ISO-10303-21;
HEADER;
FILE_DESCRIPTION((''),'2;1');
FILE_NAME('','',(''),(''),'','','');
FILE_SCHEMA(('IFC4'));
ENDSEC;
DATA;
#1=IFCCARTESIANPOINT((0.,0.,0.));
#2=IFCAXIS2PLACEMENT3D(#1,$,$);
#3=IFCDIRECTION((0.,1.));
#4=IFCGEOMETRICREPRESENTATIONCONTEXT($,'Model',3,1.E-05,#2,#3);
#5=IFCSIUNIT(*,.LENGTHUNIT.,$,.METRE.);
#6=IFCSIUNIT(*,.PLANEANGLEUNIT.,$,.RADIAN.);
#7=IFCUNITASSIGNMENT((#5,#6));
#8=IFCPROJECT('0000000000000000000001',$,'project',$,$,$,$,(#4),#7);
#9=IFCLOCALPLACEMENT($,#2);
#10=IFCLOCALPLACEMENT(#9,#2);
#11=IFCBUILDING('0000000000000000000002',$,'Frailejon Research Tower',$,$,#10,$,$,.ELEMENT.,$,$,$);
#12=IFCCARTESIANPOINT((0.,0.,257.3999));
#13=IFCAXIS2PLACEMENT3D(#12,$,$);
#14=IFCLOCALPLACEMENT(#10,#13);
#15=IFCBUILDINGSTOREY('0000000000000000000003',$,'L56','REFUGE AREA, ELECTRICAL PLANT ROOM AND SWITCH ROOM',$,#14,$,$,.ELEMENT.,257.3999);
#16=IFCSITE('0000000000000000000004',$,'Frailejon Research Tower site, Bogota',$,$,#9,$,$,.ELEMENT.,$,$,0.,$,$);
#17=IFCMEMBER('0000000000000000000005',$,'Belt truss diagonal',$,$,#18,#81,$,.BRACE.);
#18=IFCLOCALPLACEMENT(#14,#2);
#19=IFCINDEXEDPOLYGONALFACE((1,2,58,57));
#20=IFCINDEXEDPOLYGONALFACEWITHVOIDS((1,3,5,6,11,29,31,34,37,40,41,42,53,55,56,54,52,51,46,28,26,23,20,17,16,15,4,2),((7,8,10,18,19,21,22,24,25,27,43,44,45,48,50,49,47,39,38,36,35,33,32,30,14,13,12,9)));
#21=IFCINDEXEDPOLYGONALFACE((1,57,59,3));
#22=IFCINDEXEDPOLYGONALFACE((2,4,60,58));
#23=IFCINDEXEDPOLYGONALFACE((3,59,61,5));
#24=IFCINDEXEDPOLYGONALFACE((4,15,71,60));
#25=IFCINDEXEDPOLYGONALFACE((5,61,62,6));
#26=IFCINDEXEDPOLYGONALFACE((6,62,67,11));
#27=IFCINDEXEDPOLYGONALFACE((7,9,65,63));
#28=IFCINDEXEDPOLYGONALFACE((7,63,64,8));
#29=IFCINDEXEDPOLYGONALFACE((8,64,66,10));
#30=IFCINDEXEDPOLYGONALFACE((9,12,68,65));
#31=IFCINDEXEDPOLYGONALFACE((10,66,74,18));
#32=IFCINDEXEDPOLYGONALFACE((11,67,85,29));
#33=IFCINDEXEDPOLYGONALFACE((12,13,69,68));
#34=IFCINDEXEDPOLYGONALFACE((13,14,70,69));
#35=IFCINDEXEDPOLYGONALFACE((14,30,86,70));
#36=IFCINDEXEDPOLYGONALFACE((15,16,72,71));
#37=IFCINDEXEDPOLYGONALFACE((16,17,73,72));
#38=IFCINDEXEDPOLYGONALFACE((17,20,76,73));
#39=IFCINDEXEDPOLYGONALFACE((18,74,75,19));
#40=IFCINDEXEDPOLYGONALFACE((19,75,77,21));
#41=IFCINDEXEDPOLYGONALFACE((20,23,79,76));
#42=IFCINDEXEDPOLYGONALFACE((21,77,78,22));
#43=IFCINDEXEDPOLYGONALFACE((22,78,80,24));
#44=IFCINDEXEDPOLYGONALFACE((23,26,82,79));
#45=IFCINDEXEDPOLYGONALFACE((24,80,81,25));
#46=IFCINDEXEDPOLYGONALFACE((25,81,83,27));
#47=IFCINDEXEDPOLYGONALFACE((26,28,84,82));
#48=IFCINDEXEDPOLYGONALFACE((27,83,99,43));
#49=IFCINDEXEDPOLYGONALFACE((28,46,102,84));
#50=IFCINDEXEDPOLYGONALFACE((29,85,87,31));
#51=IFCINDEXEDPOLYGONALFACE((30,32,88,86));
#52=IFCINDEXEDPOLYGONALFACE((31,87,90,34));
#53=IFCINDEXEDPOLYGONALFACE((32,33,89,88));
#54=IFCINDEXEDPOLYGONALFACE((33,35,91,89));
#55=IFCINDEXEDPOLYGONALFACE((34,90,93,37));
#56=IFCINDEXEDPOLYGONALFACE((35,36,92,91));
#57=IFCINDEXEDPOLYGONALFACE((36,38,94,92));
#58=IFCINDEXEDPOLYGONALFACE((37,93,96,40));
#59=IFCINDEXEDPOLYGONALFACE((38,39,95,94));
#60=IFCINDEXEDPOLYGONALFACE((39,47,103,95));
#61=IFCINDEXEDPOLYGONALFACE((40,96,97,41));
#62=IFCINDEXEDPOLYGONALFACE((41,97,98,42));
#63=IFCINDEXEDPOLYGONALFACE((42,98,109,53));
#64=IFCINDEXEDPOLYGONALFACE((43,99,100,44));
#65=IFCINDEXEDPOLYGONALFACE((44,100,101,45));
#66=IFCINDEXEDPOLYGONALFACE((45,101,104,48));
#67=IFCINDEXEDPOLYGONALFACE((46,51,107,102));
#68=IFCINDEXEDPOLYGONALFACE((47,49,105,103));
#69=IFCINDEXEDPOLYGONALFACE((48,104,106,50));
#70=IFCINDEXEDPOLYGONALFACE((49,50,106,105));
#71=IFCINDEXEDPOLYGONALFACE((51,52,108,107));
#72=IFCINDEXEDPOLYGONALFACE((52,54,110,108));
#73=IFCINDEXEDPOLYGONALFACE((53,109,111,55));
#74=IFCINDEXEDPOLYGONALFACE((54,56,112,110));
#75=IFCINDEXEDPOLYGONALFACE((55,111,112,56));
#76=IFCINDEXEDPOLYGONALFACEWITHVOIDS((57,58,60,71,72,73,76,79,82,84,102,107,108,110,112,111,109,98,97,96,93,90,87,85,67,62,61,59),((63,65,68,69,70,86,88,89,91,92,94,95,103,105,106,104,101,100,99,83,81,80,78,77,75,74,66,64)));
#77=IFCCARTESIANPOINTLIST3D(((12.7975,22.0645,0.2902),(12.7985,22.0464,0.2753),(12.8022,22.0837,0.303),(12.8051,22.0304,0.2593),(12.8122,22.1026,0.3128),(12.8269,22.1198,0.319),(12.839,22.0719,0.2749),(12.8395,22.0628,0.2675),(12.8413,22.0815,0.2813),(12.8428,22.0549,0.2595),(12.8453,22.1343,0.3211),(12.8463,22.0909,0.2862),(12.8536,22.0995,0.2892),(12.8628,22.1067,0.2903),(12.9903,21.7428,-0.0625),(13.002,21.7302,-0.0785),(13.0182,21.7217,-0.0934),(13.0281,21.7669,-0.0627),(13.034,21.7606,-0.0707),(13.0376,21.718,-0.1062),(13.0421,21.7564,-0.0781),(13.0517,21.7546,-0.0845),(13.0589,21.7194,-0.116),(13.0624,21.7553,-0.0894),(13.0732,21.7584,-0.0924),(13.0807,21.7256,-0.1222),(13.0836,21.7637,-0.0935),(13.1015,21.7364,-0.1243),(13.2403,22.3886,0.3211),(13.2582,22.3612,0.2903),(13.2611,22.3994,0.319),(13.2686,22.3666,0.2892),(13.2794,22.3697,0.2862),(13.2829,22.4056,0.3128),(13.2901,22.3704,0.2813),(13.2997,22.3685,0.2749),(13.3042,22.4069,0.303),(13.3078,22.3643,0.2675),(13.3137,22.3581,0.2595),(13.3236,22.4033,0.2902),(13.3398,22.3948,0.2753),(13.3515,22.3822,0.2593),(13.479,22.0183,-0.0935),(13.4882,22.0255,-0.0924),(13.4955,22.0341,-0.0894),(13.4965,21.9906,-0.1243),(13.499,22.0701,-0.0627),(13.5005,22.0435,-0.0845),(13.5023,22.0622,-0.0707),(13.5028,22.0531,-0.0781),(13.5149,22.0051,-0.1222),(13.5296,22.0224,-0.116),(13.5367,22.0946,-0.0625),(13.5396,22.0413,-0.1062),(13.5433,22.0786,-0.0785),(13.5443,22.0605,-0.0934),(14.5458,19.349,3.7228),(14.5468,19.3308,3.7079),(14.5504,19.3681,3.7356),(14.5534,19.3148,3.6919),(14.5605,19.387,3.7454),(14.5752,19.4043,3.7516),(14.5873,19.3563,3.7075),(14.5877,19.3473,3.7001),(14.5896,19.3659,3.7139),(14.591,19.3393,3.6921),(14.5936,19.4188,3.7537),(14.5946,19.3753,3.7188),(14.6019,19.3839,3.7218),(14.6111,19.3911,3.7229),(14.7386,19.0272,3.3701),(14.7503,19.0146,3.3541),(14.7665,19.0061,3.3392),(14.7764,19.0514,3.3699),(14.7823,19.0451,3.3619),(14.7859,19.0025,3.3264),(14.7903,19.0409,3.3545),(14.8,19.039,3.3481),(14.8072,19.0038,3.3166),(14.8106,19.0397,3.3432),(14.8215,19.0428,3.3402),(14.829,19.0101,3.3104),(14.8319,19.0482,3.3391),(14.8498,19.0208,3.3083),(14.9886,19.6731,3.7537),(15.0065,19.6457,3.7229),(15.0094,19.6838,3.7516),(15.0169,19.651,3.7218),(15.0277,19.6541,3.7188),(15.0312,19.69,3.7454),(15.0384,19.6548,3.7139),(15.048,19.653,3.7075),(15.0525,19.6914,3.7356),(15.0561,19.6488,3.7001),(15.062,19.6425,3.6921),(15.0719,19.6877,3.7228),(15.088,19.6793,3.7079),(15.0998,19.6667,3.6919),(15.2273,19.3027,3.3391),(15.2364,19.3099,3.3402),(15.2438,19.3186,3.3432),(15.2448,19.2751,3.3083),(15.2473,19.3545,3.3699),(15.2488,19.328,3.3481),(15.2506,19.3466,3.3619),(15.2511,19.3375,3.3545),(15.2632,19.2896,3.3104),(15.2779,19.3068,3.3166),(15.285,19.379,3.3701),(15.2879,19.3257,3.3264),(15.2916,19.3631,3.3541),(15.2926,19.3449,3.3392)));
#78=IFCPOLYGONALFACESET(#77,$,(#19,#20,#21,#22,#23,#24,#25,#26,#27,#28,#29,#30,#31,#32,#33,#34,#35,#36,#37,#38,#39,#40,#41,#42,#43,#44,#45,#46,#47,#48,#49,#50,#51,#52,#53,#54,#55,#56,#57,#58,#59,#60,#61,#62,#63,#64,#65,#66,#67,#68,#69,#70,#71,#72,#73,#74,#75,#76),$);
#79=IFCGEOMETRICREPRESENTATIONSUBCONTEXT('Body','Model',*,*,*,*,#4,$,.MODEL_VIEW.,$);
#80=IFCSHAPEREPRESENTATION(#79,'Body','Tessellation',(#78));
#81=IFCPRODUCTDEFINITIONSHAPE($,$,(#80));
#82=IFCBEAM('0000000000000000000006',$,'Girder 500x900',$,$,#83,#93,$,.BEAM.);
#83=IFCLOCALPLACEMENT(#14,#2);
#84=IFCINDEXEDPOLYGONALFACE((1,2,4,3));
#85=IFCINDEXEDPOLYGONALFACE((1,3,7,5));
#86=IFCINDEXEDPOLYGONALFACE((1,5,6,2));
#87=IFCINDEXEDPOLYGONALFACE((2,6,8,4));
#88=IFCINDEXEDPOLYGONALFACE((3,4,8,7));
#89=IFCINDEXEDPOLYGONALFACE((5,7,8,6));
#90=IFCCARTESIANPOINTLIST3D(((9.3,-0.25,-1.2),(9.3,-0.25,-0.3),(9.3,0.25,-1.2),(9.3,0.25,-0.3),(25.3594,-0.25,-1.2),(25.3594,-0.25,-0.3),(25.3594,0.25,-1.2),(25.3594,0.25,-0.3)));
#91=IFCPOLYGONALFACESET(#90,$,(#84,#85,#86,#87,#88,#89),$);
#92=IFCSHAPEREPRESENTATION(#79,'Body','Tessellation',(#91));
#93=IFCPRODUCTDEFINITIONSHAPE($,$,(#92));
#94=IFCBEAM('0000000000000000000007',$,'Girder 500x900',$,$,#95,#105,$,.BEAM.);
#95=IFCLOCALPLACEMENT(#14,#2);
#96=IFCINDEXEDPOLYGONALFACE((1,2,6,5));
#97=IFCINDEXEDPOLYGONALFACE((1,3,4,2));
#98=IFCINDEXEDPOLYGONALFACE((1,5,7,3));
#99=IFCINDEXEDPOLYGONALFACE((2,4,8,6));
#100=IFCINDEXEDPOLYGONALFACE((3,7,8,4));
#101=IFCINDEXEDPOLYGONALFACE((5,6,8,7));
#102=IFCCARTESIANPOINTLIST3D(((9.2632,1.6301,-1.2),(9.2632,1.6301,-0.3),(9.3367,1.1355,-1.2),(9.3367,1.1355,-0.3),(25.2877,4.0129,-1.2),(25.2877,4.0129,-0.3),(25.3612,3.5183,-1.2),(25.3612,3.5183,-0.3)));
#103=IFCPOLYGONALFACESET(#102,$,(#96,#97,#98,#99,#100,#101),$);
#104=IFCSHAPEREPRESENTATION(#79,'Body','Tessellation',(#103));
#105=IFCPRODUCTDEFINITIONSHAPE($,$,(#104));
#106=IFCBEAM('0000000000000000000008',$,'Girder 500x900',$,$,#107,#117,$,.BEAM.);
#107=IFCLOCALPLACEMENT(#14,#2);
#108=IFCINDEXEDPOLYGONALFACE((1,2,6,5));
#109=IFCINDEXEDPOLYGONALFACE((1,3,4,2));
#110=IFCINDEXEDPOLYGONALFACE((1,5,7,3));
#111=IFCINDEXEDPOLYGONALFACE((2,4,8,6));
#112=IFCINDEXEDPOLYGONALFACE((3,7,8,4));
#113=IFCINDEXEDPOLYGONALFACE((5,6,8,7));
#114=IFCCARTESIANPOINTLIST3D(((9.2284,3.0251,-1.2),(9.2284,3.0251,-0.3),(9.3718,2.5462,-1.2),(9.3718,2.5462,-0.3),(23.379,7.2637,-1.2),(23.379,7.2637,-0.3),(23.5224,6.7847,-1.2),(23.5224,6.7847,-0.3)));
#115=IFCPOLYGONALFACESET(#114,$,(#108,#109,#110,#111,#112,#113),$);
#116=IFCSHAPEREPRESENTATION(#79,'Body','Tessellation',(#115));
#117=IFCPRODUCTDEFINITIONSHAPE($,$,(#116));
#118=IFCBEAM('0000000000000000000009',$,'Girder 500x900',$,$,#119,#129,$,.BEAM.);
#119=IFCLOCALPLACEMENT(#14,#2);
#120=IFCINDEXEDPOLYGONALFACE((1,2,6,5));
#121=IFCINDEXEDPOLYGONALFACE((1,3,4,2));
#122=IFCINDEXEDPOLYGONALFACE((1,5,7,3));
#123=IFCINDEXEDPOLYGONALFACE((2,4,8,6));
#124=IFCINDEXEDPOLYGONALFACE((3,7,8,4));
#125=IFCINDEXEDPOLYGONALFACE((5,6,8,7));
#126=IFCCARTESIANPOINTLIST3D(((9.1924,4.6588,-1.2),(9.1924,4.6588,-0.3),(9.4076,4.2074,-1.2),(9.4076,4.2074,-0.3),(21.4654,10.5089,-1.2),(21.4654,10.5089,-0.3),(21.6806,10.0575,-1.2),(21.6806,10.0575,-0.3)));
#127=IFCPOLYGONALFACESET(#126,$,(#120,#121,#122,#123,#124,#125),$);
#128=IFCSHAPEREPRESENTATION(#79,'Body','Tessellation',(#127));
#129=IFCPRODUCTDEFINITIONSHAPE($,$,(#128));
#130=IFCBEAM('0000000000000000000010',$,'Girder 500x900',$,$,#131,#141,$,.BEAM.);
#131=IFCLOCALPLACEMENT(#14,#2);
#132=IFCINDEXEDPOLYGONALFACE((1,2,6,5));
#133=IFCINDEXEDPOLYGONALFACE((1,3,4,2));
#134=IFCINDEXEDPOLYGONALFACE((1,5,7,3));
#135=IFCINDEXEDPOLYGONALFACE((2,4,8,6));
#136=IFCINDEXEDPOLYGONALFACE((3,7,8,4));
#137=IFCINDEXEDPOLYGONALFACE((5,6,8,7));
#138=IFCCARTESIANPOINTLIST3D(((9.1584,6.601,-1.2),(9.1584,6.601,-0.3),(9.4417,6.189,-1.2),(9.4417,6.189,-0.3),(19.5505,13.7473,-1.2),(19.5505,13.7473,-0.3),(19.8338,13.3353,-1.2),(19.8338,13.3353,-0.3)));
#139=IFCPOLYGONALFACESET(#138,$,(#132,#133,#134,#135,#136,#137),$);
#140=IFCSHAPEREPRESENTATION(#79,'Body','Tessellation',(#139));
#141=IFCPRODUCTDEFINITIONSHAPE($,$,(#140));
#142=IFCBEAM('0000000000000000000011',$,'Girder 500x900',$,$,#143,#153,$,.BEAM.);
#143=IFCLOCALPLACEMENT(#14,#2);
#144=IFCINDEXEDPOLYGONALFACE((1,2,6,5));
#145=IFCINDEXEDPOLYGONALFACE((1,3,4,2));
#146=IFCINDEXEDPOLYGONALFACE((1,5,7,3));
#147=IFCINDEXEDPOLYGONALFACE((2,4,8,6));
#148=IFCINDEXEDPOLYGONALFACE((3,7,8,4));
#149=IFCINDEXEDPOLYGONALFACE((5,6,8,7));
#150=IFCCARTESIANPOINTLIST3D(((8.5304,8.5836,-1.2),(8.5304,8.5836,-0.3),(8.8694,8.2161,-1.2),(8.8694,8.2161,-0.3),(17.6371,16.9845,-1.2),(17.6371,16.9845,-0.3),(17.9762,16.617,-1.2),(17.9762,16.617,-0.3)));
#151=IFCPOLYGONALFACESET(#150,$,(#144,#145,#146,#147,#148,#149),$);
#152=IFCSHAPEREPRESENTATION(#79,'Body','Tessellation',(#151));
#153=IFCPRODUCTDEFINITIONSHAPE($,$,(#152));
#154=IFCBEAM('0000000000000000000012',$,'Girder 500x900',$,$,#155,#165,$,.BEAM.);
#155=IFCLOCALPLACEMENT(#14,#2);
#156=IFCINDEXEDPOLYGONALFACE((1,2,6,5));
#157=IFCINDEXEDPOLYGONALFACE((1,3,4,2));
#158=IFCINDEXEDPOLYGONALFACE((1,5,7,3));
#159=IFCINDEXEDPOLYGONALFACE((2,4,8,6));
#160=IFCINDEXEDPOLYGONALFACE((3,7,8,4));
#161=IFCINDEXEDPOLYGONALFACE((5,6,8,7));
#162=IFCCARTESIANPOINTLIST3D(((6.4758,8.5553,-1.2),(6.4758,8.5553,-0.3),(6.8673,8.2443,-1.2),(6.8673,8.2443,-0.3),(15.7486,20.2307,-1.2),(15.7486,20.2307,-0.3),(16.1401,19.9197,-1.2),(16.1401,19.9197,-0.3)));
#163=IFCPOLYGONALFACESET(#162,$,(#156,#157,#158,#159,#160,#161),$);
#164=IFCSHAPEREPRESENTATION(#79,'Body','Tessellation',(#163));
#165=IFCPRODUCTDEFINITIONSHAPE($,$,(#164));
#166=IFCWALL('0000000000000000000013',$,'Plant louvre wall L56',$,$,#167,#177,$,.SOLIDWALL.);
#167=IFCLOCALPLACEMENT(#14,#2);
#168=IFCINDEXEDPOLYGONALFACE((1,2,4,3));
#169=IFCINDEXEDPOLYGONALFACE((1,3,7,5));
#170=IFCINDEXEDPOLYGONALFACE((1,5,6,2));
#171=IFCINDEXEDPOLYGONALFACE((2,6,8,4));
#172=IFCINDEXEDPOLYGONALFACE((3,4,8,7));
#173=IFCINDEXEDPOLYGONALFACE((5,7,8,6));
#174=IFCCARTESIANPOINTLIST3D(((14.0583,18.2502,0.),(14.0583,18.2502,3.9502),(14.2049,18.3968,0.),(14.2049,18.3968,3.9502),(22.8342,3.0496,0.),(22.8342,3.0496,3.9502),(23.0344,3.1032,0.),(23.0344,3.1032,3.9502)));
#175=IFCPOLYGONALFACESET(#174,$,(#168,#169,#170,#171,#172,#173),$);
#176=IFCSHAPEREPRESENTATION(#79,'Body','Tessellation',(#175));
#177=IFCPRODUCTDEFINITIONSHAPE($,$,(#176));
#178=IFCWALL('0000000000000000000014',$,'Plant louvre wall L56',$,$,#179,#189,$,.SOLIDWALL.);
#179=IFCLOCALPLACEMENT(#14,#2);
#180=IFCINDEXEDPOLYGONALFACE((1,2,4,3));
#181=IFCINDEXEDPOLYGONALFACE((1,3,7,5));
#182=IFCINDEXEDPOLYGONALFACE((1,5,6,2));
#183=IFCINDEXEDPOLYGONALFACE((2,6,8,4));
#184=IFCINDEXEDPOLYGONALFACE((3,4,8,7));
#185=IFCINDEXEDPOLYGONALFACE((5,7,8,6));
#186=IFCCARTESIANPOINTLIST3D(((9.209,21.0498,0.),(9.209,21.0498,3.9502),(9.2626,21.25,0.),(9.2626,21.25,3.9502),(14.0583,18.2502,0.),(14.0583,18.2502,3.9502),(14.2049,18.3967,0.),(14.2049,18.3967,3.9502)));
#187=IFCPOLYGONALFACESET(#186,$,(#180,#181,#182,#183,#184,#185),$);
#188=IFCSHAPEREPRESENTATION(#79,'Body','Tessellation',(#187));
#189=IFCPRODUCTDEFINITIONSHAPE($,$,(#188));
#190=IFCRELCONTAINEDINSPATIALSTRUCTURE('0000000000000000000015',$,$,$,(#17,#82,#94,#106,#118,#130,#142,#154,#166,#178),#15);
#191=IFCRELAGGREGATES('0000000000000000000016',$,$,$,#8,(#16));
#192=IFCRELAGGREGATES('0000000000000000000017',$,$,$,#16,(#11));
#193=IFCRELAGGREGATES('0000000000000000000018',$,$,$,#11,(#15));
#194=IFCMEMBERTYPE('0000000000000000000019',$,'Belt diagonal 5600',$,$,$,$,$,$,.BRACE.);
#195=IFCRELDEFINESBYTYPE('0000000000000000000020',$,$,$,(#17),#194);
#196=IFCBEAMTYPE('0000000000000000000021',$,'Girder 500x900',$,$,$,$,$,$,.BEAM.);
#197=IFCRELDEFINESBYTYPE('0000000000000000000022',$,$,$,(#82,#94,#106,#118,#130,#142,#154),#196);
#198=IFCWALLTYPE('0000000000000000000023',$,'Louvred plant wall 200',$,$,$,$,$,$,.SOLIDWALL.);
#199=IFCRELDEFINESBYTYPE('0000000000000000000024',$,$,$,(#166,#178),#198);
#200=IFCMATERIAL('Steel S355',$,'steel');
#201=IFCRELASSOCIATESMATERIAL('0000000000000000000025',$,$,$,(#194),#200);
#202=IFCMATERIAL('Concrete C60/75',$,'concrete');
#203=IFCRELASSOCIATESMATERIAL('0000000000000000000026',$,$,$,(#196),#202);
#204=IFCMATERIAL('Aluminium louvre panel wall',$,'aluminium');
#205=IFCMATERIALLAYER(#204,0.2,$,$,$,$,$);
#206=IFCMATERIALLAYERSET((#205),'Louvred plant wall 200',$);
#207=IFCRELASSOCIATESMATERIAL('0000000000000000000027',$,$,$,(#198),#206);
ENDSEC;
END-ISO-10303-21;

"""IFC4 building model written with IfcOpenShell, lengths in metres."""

from ifc_helpers import new_model, si_unit, direction, frame, origin, origin_2d, place, context, subcontext, project, spatial, polyline, rectangle, hollow_rectangle, outline, extrude, material, layer, layer_set, material_profile, profile_set, type_object, element, save


model = new_model("IFC4")

# Units and contexts
model_context = context("Model", 3, precision=1e-05, world=origin(), true_north=direction((0.0, 1.0)))
body_context = subcontext(model_context, "Body", "Model", "MODEL_VIEW")
ifc_project = project(units=[si_unit("LENGTHUNIT", "METRE"), si_unit("PLANEANGLEUNIT", "RADIAN")], contexts=[model_context])

# Site, building, storey
site_placement = place(None, origin())
site = spatial("IfcSite", under=ifc_project, at=site_placement, Name="Frailejon Research Tower site, Bogota", CompositionType="ELEMENT", RefElevation=0.0)
building_placement = place(site_placement, origin())
building = spatial("IfcBuilding", under=site, at=building_placement, Name="Frailejon Research Tower", CompositionType="ELEMENT")
storey_placement = place(building_placement, frame((0.0, 0.0, 257.3999)))
storey = spatial("IfcBuildingStorey", under=building, at=storey_placement, Name="L56", Description="REFUGE AREA, ELECTRICAL PLANT ROOM AND SWITCH ROOM", CompositionType="ELEMENT", Elevation=257.3999)

# Member
ifc_material_1 = material(Name="Steel S355", Category="steel")
ifc_material_profile_1 = material_profile(ifc_material_1, hollow_rectangle(XDim=0.6499, YDim=0.6499, WallThickness=0.0449, InnerFilletRadius=0.0449, OuterFilletRadius=0.0901, at=origin_2d()), Name="Belt diagonal 5600")
ifc_profile_set_1 = profile_set([ifc_material_profile_1], Name="Steel S355")
member_type = type_object("IfcMemberType", Name="Belt diagonal 5600", PredefinedType="BRACE", material=ifc_profile_set_1)
member_1_placement = place(storey_placement, frame((14.9192, 19.3469, 3.531), z_axis=(-0.370939, 0.576171, -0.728307), x_axis=(-0.840817, -0.541319, 0.0)))
element("IfcMember", 1, at=member_1_placement, inside=storey, type_object=member_type, Name="Belt truss diagonal", PredefinedType="BRACE", context=body_context, shape_type="SweptSolid", body=[
    extrude(hollow_rectangle(XDim=0.6499, YDim=0.6499, WallThickness=0.0449, InnerFilletRadius=0.0449, OuterFilletRadius=0.0901, at=origin_2d()), origin(), (0.0, 0.0, 1.0), 4.7131),
])

# Beams
ifc_material_2 = material(Name="Concrete C60/75", Category="concrete")
ifc_material_profile_2 = material_profile(ifc_material_2, rectangle(XDim=0.5, YDim=0.8999, at=origin_2d()), Name="Girder 500x900")
ifc_profile_set_2 = profile_set([ifc_material_profile_2], Name="Concrete C60/75")
beam_type_1 = type_object("IfcBeamType", Name="Girder 500x900", PredefinedType="BEAM", material=ifc_profile_set_2)
beam_1_placement = place(storey_placement, frame((25.3594, 0.0, -0.75), z_axis=(-1.0, 0.0, 0.0), x_axis=(0.0, -1.0, 0.0)))
element("IfcBeam", 2, at=beam_1_placement, inside=storey, type_object=beam_type_1, Name="Girder 500x900", PredefinedType="BEAM", context=body_context, shape_type="SweptSolid", body=[
    extrude(rectangle(XDim=0.5, YDim=0.8999, at=origin_2d()), origin(), (0.0, 0.0, 1.0), 16.0593),
])
beam_2_placement = place(storey_placement, frame((25.3245, 3.7656, -0.75), z_axis=(-0.989124, -0.147082, 0.0), x_axis=(0.147082, -0.989124, 0.0)))
element("IfcBeam", 3, at=beam_2_placement, inside=storey, type_object=beam_type_1, Name="Girder 500x900", PredefinedType="BEAM", context=body_context, shape_type="SweptSolid", body=[
    extrude(rectangle(XDim=0.5, YDim=0.8999, at=origin_2d()), origin(), (0.0, 0.0, 1.0), 16.2007),
])
beam_3_placement = place(storey_placement, frame((23.4507, 7.0242, -0.75), z_axis=(-0.95795, -0.286934, 0.0), x_axis=(0.286934, -0.95795, 0.0)))
element("IfcBeam", 4, at=beam_3_placement, inside=storey, type_object=beam_type_1, Name="Girder 500x900", PredefinedType="BEAM", context=body_context, shape_type="SweptSolid", body=[
    extrude(rectangle(XDim=0.5, YDim=0.8999, at=origin_2d()), origin(), (0.0, 0.0, 1.0), 14.7717),
])
beam_4_placement = place(storey_placement, frame((21.573, 10.2832, -0.75), z_axis=(-0.902694, -0.430283, 0.0), x_axis=(0.430283, -0.902694, 0.0)))
element("IfcBeam", 5, at=beam_4_placement, inside=storey, type_object=beam_type_1, Name="Girder 500x900", PredefinedType="BEAM", context=body_context, shape_type="SweptSolid", body=[
    extrude(rectangle(XDim=0.5, YDim=0.8999, at=origin_2d()), origin(), (0.0, 0.0, 1.0), 13.5959),
])
beam_5_placement = place(storey_placement, frame((19.6921, 13.5413, -0.75), z_axis=(-0.82398, -0.566619, 0.0), x_axis=(0.566619, -0.82398, 0.0)))
element("IfcBeam", 6, at=beam_5_placement, inside=storey, type_object=beam_type_1, Name="Girder 500x900", PredefinedType="BEAM", context=body_context, shape_type="SweptSolid", body=[
    extrude(rectangle(XDim=0.5, YDim=0.8999, at=origin_2d()), origin(), (0.0, 0.0, 1.0), 12.6121),
])
beam_6_placement = place(storey_placement, frame((17.8066, 16.8008, -0.75), z_axis=(-0.735016, -0.678049, 0.0), x_axis=(0.678049, -0.735016, 0.0)))
element("IfcBeam", 7, at=beam_6_placement, inside=storey, type_object=beam_type_1, Name="Girder 500x900", PredefinedType="BEAM", context=body_context, shape_type="SweptSolid", body=[
    extrude(rectangle(XDim=0.5, YDim=0.8999, at=origin_2d()), origin(), (0.0, 0.0, 1.0), 12.3899),
])
beam_7_placement = place(storey_placement, frame((15.9443, 20.0752, -0.75), z_axis=(-0.621929, -0.783073, 0.0), x_axis=(0.783073, -0.621929, 0.0)))
element("IfcBeam", 8, at=beam_7_placement, inside=storey, type_object=beam_type_1, Name="Girder 500x900", PredefinedType="BEAM", context=body_context, shape_type="SweptSolid", body=[
    extrude(rectangle(XDim=0.5, YDim=0.8999, at=origin_2d()), origin(), (0.0, 0.0, 1.0), 14.9097),
])

# Walls
ifc_material_3 = material(Name="Aluminium louvre panel wall", Category="aluminium")
ifc_layer_1 = layer(ifc_material_3, 0.2)
ifc_layer_set_1 = layer_set([ifc_layer_1], Name="Louvred plant wall 200")
wall_type = type_object("IfcWallType", Name="Louvred plant wall 200", PredefinedType="SOLIDWALL", material=ifc_layer_set_1)
wall_1_placement = place(storey_placement, frame((22.9343, 3.0764, 0.0), z_axis=(0.0, 0.0, 1.0), x_axis=(-0.499993, 0.866029, 0.0)))
element("IfcWall", 9, at=wall_1_placement, inside=storey, type_object=wall_type, Name="Plant louvre wall L56", PredefinedType="SOLIDWALL", context=body_context, shape_type="SweptSolid", body=[
    extrude(outline(polyline([(-0.0269, -0.1001), (17.6326, -0.1001), (17.5789, 0.1001), (0.0269, 0.1001), (-0.0269, -0.1001)])), origin(), (0.0, 0.0, 1.0), 3.9502),
])
wall_2_placement = place(storey_placement, frame((14.1316, 18.3235, 0.0), z_axis=(0.0, 0.0, 1.0), x_axis=(-0.866037, 0.49998, 0.0)))
element("IfcWall", 10, at=wall_2_placement, inside=storey, type_object=wall_type, Name="Plant louvre wall L56", PredefinedType="SOLIDWALL", context=body_context, shape_type="SweptSolid", body=[
    extrude(outline(polyline([(-0.0269, -0.1001), (5.6799, -0.1001), (5.6262, 0.1001), (0.0269, 0.1001), (-0.0269, -0.1001)])), origin(), (0.0, 0.0, 1.0), 3.9502),
])

save(model, "model.ifc")
